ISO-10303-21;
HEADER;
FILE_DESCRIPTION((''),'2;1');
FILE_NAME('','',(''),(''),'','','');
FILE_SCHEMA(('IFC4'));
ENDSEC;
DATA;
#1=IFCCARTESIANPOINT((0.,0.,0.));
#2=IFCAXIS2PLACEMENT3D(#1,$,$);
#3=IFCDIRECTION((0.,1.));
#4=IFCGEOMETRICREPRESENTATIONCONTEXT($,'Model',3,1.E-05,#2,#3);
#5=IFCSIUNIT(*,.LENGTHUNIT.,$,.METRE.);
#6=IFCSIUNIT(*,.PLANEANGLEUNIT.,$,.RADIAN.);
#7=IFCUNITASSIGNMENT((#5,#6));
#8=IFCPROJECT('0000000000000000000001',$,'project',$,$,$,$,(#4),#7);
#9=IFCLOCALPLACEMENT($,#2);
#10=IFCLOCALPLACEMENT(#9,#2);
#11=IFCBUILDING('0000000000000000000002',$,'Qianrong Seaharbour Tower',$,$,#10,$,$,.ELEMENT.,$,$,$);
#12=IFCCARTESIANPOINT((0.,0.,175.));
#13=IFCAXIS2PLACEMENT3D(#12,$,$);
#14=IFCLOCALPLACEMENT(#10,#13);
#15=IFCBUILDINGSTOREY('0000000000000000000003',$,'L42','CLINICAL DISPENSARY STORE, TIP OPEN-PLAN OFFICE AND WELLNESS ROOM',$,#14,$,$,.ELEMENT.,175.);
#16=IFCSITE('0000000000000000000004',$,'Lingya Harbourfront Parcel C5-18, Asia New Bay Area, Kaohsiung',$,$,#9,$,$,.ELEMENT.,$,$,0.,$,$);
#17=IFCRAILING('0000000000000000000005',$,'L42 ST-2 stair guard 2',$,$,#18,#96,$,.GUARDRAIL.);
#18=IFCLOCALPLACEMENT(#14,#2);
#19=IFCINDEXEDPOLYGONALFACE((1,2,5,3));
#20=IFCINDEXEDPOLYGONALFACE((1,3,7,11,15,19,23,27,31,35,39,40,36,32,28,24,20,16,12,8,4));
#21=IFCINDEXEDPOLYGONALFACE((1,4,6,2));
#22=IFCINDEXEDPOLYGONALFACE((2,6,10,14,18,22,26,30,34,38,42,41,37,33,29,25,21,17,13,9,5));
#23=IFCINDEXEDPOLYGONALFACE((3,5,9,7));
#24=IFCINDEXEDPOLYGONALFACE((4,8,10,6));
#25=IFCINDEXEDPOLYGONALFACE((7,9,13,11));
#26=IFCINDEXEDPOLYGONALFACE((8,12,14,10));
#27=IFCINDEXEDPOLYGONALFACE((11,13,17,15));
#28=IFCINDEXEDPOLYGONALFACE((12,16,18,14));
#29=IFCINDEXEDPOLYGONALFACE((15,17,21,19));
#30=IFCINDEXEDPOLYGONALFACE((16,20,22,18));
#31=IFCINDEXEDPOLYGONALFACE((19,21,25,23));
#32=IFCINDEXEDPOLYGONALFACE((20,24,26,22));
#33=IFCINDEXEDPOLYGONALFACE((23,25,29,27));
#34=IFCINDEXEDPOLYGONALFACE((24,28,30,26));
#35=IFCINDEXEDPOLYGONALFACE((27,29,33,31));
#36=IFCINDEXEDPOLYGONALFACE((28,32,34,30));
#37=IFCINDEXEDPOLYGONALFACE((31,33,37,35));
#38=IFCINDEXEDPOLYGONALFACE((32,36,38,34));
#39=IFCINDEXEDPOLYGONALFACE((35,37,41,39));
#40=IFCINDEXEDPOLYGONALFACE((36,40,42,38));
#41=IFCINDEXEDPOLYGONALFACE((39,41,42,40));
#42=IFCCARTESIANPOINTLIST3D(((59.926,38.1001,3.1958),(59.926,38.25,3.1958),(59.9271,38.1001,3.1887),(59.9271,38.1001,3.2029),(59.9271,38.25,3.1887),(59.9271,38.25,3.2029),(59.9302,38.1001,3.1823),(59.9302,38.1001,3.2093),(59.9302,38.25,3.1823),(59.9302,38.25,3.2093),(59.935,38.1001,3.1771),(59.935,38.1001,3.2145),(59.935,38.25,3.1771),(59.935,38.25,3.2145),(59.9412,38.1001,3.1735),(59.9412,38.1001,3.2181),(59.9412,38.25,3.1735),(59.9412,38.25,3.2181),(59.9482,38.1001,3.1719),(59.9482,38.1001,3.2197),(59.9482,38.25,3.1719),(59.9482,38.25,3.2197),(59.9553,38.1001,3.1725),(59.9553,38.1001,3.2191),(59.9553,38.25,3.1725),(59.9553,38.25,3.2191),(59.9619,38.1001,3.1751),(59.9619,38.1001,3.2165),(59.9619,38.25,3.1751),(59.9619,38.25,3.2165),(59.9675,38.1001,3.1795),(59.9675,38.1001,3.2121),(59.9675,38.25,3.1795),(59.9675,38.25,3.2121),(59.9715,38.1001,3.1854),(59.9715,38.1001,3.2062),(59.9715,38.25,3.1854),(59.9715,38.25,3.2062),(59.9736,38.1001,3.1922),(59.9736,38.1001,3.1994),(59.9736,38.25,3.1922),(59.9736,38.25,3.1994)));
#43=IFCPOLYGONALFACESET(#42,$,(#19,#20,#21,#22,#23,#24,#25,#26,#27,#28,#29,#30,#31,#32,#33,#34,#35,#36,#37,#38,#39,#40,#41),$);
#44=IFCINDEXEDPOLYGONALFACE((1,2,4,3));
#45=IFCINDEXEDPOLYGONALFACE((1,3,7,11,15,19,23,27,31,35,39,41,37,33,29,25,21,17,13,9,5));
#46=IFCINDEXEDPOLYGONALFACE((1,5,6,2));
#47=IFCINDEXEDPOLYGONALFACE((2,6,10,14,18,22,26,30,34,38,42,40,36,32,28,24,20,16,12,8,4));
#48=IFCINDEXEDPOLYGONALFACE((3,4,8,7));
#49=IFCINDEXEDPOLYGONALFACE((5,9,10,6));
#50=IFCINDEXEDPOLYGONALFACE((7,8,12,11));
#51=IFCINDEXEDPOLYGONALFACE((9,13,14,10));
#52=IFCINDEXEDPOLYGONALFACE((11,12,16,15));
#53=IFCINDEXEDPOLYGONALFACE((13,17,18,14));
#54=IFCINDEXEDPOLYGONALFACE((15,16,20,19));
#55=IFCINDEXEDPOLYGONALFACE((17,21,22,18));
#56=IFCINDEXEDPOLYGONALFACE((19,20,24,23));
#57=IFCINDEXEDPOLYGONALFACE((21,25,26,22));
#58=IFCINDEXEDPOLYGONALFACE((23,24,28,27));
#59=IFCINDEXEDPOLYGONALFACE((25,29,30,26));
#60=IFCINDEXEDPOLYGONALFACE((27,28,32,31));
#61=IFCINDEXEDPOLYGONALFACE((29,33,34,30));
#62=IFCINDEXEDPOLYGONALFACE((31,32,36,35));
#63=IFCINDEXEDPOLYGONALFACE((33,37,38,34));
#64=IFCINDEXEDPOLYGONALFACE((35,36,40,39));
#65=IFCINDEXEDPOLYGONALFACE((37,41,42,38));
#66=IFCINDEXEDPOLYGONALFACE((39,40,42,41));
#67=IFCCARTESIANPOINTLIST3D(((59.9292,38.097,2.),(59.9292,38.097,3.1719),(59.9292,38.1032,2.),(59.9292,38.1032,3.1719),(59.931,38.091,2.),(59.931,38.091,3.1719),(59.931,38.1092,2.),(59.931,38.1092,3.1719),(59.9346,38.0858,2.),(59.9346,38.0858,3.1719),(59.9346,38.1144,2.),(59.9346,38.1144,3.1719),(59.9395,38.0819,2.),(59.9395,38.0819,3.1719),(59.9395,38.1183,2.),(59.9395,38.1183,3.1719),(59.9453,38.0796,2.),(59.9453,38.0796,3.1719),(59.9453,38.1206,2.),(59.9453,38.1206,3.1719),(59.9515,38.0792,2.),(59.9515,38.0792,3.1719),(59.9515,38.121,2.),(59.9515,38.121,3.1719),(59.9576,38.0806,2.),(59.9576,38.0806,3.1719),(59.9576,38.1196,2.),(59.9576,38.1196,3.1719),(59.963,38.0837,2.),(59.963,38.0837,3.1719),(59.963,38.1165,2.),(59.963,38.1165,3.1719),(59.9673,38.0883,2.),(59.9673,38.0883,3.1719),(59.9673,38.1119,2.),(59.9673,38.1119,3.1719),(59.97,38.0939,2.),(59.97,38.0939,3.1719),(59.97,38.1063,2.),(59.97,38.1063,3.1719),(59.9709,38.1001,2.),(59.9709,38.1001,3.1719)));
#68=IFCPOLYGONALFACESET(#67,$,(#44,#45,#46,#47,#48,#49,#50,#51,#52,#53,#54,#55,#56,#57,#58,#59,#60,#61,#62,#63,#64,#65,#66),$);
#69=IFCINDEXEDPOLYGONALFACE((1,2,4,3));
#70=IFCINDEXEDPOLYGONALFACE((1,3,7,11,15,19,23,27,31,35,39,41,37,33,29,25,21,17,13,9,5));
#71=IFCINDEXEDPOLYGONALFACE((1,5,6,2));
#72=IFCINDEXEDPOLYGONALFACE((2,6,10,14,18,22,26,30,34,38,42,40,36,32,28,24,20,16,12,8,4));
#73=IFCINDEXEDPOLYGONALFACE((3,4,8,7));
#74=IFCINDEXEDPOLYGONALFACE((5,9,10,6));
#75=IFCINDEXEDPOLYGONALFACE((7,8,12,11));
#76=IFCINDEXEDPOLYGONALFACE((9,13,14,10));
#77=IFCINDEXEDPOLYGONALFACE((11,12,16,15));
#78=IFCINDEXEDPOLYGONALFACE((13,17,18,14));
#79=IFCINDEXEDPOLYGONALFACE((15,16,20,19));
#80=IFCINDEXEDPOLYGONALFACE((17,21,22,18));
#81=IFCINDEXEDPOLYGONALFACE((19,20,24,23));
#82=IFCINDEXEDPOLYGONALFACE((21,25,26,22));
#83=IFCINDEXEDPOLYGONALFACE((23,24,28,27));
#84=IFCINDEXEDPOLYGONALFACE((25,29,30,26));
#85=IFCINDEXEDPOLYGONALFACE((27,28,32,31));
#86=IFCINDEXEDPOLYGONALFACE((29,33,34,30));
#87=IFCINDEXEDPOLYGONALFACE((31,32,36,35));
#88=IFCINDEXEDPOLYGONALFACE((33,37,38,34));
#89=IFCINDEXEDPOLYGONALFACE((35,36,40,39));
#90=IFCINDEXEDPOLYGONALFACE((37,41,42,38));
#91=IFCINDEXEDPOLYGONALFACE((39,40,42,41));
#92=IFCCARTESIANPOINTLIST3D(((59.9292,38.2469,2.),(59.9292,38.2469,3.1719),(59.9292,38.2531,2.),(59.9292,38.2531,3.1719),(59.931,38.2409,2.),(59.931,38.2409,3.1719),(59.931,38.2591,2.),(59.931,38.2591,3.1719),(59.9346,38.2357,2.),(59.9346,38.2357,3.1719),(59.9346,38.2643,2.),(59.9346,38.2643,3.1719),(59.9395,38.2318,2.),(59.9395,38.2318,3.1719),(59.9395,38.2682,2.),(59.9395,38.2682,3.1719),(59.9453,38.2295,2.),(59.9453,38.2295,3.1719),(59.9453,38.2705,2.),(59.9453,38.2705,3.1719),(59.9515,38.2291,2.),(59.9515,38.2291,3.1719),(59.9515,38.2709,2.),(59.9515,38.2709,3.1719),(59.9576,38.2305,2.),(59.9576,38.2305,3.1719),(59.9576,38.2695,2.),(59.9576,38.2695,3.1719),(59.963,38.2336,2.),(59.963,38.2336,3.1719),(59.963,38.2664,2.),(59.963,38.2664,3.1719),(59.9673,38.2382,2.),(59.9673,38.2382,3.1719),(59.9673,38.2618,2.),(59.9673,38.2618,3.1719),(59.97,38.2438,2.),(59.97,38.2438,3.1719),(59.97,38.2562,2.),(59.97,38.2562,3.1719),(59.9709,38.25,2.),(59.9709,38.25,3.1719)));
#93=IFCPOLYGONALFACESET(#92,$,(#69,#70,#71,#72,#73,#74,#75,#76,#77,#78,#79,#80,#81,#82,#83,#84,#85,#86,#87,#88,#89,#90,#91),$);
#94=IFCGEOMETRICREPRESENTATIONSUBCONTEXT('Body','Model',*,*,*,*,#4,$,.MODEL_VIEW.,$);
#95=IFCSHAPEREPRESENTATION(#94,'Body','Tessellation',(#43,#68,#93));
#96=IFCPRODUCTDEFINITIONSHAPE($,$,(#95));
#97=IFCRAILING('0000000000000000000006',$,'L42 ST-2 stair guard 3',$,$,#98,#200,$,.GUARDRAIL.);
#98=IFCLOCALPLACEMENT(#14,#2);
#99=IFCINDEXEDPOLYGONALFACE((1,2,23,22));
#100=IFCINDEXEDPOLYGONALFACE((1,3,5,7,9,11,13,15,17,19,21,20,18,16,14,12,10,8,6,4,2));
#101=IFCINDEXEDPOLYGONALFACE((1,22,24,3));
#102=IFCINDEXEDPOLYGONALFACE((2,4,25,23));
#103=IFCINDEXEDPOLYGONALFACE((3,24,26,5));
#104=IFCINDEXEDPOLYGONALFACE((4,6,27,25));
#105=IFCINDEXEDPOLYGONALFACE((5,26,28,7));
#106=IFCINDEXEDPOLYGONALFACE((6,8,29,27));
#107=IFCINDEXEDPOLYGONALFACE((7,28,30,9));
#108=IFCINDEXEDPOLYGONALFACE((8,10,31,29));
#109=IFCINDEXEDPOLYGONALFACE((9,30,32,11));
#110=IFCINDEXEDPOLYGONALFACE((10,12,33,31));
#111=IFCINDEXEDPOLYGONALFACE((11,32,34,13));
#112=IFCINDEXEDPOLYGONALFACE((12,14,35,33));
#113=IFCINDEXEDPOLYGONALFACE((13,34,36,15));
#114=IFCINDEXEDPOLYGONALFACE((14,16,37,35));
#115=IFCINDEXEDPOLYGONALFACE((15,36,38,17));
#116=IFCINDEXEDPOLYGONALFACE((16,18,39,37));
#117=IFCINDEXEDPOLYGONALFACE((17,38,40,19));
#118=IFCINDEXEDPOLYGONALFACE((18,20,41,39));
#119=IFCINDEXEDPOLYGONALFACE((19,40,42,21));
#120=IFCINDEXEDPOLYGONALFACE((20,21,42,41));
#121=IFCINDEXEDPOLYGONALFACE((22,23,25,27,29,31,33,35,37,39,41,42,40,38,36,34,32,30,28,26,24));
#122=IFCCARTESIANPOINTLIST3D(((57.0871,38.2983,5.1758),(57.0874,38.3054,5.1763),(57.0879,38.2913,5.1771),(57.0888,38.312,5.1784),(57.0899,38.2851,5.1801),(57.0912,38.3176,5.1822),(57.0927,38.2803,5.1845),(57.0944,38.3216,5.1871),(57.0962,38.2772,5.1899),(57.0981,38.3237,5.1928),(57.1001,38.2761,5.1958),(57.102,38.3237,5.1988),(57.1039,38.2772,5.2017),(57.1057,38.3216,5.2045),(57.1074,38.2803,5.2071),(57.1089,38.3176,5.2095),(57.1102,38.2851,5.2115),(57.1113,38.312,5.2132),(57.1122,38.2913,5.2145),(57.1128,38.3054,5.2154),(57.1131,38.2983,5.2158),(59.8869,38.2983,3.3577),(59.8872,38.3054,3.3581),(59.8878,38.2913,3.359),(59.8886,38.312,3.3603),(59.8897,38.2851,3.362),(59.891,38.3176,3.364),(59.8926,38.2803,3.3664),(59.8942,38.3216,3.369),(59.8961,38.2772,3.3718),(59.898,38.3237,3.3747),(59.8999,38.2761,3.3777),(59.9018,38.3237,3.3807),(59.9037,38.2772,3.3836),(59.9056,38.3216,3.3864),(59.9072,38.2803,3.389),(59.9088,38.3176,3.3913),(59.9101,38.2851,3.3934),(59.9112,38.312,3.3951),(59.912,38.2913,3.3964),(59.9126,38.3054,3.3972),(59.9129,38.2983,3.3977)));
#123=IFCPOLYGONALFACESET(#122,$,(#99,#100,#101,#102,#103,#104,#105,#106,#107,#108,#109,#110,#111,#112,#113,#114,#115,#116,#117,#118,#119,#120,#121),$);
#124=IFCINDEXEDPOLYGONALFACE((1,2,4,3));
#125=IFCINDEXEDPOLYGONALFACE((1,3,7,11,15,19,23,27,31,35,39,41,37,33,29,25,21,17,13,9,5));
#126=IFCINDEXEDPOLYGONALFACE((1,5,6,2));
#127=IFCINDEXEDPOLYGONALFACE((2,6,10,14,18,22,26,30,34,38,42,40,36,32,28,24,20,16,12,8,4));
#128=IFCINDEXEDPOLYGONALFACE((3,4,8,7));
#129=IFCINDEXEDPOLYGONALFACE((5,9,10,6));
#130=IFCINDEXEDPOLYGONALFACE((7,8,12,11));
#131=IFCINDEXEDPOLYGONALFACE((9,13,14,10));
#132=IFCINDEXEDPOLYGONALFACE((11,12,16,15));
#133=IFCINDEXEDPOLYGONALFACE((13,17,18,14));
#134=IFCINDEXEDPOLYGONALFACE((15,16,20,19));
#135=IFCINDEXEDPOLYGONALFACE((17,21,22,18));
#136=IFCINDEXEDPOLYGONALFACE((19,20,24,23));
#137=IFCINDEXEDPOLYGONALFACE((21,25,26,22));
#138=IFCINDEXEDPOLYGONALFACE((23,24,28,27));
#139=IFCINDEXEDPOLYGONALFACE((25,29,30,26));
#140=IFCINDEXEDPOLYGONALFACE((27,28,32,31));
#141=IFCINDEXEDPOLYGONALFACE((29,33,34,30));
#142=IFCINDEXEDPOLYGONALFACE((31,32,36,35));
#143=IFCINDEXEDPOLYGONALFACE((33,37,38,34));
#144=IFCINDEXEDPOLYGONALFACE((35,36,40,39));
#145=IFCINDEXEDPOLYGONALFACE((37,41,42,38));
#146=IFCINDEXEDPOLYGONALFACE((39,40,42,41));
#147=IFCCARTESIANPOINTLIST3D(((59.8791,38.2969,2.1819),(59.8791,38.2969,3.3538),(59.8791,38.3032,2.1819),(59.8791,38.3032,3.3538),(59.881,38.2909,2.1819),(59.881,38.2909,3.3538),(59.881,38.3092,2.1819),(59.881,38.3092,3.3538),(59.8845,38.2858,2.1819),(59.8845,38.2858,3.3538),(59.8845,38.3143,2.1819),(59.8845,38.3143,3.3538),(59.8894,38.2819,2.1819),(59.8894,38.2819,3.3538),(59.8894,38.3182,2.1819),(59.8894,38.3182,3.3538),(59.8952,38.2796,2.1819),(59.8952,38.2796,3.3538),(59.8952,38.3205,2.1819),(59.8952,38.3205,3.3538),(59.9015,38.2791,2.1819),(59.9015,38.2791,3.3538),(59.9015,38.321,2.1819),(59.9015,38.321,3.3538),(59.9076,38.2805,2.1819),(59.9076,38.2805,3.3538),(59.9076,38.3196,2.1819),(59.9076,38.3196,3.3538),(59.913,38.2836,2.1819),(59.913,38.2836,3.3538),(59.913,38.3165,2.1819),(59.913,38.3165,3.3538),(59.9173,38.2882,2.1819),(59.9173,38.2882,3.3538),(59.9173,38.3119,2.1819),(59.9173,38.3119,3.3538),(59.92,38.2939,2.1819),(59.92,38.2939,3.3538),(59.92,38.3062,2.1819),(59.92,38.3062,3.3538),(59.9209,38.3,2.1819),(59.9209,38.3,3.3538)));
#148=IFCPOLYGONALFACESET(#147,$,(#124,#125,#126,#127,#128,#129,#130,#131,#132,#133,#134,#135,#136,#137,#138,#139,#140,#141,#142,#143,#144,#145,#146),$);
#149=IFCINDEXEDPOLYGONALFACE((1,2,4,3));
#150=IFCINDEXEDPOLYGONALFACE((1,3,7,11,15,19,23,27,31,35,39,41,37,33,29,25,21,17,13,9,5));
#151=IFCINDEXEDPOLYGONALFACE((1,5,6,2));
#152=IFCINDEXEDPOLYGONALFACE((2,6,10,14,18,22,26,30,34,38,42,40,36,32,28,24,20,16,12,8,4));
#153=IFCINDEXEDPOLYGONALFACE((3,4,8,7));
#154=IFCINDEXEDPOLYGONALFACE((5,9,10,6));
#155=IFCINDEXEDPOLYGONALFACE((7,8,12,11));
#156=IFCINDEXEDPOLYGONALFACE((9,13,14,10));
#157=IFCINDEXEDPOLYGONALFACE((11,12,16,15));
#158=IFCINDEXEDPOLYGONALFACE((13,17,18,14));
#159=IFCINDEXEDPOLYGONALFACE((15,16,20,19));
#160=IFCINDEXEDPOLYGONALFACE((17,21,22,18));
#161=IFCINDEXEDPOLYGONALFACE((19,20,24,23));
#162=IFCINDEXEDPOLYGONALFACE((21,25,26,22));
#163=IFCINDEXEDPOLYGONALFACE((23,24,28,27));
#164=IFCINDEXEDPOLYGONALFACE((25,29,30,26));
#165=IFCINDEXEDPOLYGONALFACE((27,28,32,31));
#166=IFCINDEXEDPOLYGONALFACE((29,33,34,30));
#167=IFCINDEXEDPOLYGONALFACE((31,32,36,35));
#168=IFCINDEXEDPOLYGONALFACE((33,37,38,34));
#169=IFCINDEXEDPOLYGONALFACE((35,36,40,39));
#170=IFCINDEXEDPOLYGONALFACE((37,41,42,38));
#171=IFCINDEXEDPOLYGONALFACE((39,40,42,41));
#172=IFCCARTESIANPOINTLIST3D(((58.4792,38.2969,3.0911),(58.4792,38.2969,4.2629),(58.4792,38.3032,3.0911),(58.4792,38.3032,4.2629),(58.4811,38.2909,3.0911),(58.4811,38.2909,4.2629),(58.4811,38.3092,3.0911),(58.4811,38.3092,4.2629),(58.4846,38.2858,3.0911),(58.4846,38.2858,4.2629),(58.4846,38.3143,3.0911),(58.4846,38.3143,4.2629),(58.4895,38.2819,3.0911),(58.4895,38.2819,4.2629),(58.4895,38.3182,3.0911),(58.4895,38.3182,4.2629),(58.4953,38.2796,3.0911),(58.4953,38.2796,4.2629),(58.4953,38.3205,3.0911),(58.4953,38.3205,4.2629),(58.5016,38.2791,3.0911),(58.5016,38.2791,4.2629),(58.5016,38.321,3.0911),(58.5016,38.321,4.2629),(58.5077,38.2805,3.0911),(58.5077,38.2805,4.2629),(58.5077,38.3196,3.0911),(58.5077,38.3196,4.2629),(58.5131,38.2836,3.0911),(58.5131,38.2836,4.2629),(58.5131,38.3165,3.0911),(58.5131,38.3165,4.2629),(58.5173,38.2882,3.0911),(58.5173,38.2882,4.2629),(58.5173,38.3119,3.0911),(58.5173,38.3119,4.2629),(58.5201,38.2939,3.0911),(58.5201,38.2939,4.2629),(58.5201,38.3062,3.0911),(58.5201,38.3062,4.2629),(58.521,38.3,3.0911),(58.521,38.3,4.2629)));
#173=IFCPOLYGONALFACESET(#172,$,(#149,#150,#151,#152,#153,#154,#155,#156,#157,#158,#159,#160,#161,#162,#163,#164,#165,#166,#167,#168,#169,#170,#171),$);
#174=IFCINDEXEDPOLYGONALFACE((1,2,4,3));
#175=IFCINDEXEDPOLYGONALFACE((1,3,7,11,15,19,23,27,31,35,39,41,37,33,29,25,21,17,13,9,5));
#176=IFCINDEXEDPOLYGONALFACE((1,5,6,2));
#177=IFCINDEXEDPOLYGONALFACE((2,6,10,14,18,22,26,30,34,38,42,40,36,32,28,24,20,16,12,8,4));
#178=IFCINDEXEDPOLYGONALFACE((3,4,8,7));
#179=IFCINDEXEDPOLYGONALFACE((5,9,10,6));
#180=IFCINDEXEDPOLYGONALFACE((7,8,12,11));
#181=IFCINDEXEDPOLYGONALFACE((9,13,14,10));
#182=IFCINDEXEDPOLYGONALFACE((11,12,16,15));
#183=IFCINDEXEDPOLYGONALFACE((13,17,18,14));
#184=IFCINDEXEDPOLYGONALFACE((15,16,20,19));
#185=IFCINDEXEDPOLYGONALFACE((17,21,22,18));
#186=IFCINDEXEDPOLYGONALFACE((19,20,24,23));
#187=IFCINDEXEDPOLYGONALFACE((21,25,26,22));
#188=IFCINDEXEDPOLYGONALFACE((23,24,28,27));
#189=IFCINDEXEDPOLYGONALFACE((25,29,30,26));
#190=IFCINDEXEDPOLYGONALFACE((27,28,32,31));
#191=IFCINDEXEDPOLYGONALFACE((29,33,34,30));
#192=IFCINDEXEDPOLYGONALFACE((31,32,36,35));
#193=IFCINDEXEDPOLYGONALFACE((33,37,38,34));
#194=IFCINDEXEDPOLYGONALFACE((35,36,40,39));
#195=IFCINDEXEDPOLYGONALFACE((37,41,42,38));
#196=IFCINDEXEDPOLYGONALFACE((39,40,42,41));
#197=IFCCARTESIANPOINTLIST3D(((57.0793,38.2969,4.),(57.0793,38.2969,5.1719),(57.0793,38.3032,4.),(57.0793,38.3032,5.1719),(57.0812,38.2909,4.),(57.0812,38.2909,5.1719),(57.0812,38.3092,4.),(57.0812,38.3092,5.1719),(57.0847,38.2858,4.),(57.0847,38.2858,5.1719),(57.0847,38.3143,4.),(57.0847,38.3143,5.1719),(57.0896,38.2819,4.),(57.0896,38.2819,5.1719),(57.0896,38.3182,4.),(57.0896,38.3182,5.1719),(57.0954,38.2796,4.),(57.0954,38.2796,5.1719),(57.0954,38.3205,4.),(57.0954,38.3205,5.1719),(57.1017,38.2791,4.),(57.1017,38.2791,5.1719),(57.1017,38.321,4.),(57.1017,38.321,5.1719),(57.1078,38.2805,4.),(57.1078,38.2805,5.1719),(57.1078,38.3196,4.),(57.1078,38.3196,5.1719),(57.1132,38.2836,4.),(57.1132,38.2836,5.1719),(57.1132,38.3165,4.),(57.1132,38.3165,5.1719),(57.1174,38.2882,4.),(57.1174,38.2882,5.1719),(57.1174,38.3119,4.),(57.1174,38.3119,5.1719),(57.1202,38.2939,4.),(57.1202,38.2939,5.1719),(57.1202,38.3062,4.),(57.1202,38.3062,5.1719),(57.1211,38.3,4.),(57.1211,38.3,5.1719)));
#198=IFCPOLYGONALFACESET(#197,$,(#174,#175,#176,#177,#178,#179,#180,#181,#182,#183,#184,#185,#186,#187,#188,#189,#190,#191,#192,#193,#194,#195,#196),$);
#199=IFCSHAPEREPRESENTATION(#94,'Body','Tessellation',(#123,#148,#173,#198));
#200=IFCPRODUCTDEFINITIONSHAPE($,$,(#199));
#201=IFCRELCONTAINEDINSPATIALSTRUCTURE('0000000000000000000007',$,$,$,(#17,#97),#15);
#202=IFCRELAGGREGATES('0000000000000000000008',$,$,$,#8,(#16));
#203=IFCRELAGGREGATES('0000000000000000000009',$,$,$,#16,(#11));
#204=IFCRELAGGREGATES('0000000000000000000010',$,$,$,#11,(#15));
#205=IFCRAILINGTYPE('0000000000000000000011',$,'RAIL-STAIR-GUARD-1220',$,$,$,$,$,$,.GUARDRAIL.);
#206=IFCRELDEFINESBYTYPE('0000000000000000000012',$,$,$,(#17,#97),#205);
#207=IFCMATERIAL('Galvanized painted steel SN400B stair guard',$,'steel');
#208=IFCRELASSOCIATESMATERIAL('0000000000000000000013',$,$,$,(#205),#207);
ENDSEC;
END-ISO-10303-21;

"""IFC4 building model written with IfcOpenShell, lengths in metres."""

from ifc_helpers import new_model, si_unit, direction, frame, origin, origin_2d, place, context, subcontext, project, spatial, circle, extrude, material, type_object, element, save


model = new_model("IFC4")

# Units and contexts
model_context = context("Model", 3, precision=1e-05, world=origin(), true_north=direction((0.0, 1.0)))
body_context = subcontext(model_context, "Body", "Model", "MODEL_VIEW")
ifc_project = project(units=[si_unit("LENGTHUNIT", "METRE"), si_unit("PLANEANGLEUNIT", "RADIAN")], contexts=[model_context])

# Site, building, storey
site_placement = place(None, origin())
site = spatial("IfcSite", under=ifc_project, at=site_placement, Name="Lingya Harbourfront Parcel C5-18, Asia New Bay Area, Kaohsiung", CompositionType="ELEMENT", RefElevation=0.0)
building_placement = place(site_placement, origin())
building = spatial("IfcBuilding", under=site, at=building_placement, Name="Qianrong Seaharbour Tower", CompositionType="ELEMENT")
storey_placement = place(building_placement, frame((0.0, 0.0, 175.0)))
storey = spatial("IfcBuildingStorey", under=building, at=storey_placement, Name="L42", Description="CLINICAL DISPENSARY STORE, TIP OPEN-PLAN OFFICE AND WELLNESS ROOM", CompositionType="ELEMENT", Elevation=175.0)

# Railings
ifc_material_1 = material(Name="Galvanized painted steel SN400B stair guard", Category="steel")
railing_type_1 = type_object("IfcRailingType", Name="RAIL-STAIR-GUARD-1220", PredefinedType="GUARDRAIL", material=ifc_material_1)
railing_1_placement = place(storey_placement, frame((59.95, 38.1001, 2.0)))
element("IfcRailing", 1, at=railing_1_placement, inside=storey, type_object=railing_type_1, Name="L42 ST-2 stair guard 2", PredefinedType="GUARDRAIL", context=body_context, shape_type="SweptSolid", body=[
    extrude(circle(Radius=0.0239, at=origin_2d()), frame((0.0, 0.0, 1.1958), z_axis=(0.0, 1.0, 0.0), x_axis=(-1.0, 0.0, 0.0)), (0.0, 0.0, 1.0), 0.1499),
    extrude(circle(Radius=0.021, at=origin_2d()), origin(), (0.0, 0.0, 1.0), 1.1719),
    extrude(circle(Radius=0.021, at=origin_2d()), frame((0.0, 0.1499, 0.0)), (0.0, 0.0, 1.0), 1.1719),
])
railing_2_placement = place(storey_placement, frame((59.8999, 38.3, 2.1819)))
element("IfcRailing", 2, at=railing_2_placement, inside=storey, type_object=railing_type_1, Name="L42 ST-2 stair guard 3", PredefinedType="GUARDRAIL", context=body_context, shape_type="SweptSolid", body=[
    extrude(circle(Radius=0.0239, at=origin_2d()), frame((0.0, 0.0, 1.1958), z_axis=(-0.838684, 0.0, 0.544618), x_axis=(0.0, -1.0, 0.0)), (0.0, 0.0, 1.0), 3.3384),
    extrude(circle(Radius=0.021, at=origin_2d()), origin(), (0.0, 0.0, 1.0), 1.1719),
    extrude(circle(Radius=0.021, at=origin_2d()), frame((-1.3999, 0.0, 0.9092)), (0.0, 0.0, 1.0), 1.1719),
    extrude(circle(Radius=0.021, at=origin_2d()), frame((-2.7998, 0.0, 1.8181)), (0.0, 0.0, 1.0), 1.1719),
])

save(model, "model.ifc")
